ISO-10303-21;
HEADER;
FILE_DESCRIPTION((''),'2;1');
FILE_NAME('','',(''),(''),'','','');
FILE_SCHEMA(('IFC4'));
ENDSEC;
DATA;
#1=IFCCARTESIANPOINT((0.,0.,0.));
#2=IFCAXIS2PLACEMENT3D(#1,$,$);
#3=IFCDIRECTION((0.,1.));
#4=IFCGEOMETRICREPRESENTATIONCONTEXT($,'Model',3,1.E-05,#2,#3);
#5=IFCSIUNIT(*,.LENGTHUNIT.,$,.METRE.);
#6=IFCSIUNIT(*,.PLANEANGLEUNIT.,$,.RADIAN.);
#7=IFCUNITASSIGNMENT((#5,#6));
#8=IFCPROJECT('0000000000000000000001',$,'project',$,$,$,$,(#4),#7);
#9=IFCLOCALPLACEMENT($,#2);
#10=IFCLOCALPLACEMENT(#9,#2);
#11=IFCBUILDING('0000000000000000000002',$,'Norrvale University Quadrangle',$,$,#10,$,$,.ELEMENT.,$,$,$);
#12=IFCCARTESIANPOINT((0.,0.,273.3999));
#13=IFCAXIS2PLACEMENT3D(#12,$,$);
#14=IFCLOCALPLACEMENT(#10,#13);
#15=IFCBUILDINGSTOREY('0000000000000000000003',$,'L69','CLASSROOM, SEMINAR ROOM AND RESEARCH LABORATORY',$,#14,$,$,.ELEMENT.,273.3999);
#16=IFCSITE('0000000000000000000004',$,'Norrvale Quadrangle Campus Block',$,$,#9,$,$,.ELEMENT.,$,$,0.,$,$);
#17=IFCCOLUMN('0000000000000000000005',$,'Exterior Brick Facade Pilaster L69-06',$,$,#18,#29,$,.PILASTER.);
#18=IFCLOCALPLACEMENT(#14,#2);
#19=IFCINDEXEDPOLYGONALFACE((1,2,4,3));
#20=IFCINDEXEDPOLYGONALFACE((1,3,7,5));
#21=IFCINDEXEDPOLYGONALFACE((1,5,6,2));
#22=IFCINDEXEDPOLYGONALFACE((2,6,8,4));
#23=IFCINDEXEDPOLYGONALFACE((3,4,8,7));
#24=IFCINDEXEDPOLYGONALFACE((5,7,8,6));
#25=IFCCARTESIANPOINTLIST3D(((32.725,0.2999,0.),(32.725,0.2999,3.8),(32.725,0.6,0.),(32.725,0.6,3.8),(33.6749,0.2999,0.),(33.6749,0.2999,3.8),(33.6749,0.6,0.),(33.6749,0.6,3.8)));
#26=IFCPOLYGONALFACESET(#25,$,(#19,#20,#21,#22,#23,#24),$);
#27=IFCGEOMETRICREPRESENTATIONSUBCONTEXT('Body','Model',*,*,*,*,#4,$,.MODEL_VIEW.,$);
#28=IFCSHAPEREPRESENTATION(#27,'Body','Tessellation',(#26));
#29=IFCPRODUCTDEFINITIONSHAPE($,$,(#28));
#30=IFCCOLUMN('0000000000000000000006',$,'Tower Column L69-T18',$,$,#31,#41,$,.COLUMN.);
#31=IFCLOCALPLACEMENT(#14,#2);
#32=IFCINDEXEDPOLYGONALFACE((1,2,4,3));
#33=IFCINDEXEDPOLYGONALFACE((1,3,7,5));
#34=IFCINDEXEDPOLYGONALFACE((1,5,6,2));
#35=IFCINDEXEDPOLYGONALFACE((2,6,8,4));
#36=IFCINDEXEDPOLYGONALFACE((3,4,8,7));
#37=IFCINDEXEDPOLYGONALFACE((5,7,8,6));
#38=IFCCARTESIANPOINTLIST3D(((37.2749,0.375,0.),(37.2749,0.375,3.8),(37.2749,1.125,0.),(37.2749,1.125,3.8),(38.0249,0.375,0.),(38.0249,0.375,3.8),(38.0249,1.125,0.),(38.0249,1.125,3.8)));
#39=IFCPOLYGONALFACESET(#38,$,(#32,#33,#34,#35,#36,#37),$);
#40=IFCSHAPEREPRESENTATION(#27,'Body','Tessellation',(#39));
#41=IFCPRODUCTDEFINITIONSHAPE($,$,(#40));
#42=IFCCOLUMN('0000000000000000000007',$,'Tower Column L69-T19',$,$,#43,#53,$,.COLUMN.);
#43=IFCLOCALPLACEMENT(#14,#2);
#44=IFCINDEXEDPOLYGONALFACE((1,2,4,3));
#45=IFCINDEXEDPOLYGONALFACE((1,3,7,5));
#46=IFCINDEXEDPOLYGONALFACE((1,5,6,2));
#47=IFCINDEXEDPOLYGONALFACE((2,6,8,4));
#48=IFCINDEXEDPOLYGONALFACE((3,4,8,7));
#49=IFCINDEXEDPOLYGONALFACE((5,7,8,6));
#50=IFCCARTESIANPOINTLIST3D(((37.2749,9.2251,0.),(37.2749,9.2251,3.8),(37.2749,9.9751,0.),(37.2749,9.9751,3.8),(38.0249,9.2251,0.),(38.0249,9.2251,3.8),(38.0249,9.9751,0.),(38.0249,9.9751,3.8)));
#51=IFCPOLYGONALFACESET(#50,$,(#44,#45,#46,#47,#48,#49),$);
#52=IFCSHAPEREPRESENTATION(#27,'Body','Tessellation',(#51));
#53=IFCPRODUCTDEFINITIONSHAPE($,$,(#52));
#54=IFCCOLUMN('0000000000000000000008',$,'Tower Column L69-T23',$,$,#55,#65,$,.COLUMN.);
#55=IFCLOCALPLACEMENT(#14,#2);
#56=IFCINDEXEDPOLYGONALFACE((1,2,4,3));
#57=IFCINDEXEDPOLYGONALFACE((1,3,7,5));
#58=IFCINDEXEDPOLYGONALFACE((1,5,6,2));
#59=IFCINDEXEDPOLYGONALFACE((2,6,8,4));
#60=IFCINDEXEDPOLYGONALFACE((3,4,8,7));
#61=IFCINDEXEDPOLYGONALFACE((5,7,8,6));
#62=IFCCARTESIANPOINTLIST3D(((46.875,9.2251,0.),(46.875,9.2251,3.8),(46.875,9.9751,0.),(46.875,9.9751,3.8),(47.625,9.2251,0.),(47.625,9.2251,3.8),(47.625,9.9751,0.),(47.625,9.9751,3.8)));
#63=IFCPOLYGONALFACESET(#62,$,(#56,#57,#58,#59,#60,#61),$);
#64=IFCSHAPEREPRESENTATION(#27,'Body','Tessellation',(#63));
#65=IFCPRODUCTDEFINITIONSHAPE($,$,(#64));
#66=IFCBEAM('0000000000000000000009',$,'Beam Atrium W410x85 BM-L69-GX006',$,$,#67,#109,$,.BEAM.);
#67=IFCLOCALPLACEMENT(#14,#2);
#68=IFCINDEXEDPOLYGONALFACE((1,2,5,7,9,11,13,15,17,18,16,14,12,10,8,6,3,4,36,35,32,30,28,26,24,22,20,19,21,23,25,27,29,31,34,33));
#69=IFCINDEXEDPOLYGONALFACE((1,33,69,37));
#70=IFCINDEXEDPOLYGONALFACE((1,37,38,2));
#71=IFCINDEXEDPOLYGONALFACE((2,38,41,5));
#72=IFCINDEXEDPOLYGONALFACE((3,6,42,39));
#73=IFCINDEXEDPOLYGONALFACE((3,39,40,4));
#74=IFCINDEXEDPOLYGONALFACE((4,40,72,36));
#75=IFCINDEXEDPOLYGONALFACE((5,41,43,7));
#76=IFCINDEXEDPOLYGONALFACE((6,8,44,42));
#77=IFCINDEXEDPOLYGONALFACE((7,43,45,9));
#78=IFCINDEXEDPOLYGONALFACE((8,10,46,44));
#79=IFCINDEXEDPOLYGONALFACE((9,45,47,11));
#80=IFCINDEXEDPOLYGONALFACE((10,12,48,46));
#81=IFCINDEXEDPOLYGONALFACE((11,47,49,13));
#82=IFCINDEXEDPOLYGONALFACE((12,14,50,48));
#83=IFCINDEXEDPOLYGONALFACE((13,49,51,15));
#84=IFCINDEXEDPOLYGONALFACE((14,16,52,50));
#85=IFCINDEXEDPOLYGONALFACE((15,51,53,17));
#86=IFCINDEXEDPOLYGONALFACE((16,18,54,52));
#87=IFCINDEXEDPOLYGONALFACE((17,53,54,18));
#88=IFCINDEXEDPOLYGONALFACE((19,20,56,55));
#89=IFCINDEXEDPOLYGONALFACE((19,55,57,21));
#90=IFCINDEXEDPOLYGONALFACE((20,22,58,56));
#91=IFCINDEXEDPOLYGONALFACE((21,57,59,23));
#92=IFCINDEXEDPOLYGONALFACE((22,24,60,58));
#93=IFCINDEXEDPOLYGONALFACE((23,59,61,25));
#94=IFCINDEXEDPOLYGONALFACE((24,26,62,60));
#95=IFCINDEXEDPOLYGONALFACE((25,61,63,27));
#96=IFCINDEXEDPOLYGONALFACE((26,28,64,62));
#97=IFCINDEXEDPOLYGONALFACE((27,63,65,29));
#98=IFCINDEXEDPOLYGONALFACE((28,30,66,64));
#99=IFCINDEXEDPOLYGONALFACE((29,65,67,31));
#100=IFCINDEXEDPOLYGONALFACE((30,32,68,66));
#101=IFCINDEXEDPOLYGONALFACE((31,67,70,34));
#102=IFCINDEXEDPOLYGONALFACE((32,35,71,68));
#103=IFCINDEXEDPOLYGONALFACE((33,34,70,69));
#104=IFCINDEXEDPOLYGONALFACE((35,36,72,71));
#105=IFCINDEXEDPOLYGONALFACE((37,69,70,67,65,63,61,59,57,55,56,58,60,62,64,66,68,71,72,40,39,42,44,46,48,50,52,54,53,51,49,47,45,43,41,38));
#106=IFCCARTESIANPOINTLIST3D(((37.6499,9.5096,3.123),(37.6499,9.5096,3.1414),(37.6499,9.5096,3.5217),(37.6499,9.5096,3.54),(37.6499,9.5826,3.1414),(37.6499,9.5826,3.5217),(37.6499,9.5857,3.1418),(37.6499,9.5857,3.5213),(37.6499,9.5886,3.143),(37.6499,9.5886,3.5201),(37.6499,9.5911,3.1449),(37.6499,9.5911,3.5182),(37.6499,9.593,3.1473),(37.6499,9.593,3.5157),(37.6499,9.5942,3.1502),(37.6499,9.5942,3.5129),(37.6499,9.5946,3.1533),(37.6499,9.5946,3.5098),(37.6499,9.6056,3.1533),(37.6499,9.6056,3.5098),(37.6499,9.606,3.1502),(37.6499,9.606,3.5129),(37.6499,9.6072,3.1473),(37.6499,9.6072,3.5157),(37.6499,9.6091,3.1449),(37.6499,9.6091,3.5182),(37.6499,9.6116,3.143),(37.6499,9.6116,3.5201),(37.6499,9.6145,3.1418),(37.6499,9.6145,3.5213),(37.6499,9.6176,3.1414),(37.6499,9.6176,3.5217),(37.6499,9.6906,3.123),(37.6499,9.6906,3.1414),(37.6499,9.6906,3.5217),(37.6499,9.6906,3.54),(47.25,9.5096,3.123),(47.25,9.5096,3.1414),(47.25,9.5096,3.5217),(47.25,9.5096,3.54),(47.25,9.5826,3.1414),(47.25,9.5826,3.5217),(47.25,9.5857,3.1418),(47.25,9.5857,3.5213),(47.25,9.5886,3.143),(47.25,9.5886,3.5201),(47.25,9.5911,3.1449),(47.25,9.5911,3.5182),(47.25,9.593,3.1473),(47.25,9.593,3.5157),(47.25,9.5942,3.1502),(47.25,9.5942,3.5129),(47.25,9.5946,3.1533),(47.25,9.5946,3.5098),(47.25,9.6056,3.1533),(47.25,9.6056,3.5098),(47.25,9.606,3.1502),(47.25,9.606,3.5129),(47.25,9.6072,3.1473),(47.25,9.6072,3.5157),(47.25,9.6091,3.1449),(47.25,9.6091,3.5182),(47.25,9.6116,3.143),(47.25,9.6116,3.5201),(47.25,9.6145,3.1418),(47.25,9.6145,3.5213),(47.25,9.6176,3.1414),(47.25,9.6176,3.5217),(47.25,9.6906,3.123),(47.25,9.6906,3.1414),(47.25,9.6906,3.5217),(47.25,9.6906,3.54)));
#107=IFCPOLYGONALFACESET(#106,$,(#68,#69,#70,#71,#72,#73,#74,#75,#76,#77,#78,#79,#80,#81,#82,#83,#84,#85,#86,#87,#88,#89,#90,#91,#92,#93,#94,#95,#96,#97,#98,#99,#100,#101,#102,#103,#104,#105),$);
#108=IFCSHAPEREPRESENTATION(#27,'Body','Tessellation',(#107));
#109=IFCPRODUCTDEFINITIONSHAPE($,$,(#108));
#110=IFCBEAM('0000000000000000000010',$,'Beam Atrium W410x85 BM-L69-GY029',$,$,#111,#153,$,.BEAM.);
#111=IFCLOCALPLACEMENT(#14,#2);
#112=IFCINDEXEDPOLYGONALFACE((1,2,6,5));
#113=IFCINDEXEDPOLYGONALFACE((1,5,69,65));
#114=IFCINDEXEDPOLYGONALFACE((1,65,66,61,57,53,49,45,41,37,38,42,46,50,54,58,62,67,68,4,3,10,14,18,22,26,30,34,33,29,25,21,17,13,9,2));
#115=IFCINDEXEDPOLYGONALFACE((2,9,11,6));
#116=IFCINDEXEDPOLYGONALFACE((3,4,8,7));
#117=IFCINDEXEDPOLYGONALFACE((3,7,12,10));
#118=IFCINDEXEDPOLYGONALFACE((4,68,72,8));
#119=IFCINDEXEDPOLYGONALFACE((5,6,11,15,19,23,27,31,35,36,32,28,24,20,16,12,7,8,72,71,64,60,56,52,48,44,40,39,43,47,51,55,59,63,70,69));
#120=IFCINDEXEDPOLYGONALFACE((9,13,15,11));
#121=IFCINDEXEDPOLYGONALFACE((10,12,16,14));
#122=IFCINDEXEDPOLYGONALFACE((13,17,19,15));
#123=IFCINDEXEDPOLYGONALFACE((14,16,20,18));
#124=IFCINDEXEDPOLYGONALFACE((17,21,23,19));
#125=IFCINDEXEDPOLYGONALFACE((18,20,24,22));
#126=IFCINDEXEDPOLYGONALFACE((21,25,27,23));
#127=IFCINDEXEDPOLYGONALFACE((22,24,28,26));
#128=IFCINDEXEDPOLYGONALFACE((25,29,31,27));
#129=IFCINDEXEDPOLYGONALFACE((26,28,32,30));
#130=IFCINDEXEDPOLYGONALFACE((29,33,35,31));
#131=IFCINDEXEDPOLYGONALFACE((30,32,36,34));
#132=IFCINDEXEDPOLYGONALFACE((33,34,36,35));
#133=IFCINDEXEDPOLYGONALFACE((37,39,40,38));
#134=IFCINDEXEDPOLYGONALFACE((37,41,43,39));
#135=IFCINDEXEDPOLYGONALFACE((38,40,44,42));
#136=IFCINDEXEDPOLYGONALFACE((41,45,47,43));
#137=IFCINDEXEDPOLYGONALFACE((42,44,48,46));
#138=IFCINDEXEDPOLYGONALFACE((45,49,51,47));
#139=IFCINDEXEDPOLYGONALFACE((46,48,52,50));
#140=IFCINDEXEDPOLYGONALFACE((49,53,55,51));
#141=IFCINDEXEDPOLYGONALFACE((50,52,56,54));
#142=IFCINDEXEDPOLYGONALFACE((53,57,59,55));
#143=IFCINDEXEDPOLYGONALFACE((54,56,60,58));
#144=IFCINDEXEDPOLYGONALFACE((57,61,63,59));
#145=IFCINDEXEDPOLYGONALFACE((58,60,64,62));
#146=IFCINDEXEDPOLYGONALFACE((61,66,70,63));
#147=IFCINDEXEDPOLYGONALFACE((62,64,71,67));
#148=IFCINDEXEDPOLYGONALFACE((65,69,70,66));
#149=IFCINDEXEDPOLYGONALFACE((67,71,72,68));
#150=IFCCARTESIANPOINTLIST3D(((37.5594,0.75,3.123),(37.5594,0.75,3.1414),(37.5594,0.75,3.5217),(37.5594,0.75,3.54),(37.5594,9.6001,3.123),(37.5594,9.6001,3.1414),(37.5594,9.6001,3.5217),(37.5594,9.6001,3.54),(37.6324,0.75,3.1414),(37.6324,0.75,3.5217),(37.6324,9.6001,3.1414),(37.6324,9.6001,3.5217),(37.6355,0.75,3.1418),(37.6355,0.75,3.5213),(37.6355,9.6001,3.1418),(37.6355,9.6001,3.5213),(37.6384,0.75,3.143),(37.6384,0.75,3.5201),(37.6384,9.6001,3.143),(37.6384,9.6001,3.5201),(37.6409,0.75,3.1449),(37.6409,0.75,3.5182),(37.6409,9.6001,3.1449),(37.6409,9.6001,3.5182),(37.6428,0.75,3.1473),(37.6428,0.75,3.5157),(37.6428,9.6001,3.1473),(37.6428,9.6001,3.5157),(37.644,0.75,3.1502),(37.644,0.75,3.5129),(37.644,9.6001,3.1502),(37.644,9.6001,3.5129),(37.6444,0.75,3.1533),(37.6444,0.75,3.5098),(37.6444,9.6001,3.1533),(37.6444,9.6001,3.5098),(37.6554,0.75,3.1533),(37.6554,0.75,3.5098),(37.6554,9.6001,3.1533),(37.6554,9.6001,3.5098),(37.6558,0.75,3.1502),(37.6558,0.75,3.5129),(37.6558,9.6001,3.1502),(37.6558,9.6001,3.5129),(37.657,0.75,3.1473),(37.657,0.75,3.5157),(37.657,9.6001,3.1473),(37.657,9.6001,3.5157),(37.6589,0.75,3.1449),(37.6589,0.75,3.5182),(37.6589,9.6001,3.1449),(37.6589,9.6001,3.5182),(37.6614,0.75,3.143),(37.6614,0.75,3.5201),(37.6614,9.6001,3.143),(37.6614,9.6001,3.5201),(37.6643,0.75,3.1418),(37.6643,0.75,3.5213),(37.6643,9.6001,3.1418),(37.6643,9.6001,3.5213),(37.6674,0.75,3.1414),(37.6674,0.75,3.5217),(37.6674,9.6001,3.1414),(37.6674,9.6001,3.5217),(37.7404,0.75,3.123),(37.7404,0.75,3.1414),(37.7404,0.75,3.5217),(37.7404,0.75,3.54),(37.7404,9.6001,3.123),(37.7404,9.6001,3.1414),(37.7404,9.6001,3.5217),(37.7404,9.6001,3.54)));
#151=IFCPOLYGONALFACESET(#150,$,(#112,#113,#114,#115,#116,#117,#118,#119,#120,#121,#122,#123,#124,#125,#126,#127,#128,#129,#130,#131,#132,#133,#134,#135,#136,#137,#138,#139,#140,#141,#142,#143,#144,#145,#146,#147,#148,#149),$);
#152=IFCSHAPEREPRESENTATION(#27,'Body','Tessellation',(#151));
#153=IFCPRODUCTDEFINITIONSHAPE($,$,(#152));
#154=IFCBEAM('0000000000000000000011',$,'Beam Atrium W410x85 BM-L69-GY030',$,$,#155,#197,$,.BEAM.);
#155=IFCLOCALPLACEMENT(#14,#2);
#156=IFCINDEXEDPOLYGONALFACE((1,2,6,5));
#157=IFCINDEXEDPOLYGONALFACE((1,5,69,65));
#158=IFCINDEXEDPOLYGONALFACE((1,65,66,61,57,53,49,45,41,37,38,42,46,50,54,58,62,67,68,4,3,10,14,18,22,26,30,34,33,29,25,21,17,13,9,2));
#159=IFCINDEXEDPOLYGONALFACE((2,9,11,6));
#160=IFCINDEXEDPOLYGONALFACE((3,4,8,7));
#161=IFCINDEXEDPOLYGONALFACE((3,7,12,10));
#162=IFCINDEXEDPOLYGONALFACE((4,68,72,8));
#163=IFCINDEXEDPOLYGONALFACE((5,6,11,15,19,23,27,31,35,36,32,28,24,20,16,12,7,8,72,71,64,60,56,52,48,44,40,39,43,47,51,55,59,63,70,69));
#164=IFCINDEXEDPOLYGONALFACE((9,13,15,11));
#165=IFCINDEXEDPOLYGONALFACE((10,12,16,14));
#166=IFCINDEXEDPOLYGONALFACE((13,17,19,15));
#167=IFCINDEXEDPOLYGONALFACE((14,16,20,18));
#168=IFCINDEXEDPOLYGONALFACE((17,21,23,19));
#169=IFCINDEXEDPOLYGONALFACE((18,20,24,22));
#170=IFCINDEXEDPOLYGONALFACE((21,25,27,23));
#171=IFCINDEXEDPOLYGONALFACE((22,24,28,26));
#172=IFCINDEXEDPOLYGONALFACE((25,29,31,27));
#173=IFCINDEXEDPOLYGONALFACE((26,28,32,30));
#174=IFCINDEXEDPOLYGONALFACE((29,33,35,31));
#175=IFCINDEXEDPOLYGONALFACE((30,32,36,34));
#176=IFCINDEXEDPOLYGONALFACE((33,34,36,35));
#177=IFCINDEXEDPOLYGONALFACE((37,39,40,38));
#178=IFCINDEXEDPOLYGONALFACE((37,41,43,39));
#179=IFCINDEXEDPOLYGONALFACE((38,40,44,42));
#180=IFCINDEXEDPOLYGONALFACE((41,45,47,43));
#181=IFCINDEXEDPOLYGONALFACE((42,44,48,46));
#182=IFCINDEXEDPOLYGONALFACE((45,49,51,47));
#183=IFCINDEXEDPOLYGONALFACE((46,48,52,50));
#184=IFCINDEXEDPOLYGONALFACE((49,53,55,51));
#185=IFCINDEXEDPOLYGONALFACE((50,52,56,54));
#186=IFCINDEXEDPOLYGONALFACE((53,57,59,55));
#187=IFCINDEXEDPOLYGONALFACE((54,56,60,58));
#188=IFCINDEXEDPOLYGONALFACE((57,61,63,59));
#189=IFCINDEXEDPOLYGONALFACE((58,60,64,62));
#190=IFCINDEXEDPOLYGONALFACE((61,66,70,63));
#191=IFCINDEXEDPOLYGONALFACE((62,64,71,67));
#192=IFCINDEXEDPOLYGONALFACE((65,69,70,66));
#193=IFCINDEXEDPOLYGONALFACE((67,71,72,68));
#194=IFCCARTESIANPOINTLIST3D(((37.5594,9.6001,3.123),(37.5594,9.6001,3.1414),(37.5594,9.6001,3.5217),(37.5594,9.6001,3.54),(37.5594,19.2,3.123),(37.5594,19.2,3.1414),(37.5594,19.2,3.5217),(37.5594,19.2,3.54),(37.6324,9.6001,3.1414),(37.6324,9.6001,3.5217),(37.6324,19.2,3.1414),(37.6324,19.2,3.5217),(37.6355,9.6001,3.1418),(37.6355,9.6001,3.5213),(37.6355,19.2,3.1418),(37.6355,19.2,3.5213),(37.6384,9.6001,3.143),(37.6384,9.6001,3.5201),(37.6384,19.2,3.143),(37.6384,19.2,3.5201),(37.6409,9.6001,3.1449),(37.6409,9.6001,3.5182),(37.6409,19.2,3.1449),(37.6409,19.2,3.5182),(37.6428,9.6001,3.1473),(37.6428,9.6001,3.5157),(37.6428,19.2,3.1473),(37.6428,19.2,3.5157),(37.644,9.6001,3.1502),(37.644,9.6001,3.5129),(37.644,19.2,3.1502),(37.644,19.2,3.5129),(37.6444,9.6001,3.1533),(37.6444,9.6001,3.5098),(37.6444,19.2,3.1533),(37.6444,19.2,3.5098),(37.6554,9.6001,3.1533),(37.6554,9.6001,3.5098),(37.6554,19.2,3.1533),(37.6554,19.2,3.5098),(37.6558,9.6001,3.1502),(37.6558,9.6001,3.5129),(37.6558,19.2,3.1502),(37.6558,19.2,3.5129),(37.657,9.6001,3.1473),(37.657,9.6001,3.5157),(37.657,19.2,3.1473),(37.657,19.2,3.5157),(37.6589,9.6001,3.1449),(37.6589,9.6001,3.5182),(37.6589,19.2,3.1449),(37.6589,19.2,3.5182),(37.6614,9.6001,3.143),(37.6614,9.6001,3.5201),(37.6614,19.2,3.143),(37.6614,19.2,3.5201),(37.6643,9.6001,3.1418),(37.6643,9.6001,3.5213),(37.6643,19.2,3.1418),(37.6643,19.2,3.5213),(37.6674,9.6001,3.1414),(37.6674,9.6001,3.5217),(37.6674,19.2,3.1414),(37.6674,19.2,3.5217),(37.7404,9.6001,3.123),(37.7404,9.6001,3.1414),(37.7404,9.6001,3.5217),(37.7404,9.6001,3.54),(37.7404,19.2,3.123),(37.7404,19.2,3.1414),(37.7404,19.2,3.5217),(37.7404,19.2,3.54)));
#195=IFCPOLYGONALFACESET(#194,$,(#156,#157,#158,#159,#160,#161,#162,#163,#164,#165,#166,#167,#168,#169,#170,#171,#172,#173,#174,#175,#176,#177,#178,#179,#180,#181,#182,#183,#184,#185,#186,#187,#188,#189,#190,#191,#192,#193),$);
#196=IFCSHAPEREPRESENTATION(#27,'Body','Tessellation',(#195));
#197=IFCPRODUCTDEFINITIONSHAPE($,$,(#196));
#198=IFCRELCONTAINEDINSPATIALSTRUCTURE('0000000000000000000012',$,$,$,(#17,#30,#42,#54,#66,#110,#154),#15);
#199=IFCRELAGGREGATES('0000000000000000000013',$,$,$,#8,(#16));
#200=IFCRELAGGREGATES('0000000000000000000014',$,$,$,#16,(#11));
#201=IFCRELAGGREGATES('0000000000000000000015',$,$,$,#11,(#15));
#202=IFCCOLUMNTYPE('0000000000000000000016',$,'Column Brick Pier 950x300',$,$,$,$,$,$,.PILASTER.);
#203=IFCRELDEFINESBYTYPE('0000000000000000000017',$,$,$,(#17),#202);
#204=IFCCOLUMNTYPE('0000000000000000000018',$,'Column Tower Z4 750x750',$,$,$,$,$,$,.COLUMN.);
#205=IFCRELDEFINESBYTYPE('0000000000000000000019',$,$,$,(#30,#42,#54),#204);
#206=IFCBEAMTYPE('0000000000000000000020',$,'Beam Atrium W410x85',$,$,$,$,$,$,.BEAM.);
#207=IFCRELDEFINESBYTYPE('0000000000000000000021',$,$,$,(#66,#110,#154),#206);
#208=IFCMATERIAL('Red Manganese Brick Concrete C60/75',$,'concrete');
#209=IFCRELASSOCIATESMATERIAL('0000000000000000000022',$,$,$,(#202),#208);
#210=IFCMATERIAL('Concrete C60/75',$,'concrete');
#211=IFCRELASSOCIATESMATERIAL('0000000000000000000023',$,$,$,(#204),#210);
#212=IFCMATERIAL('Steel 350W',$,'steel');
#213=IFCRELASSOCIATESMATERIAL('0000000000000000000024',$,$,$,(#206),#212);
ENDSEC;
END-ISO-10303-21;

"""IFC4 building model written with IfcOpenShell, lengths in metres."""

from ifc_helpers import new_model, si_unit, direction, frame, origin, origin_2d, place, context, subcontext, project, spatial, rectangle, i_section, extrude, material, material_profile, profile_set, type_object, element, save


model = new_model("IFC4")

# Units and contexts
model_context = context("Model", 3, precision=1e-05, world=origin(), true_north=direction((0.0, 1.0)))
body_context = subcontext(model_context, "Body", "Model", "MODEL_VIEW")
ifc_project = project(units=[si_unit("LENGTHUNIT", "METRE"), si_unit("PLANEANGLEUNIT", "RADIAN")], contexts=[model_context])

# Site, building, storey
site_placement = place(None, origin())
site = spatial("IfcSite", under=ifc_project, at=site_placement, Name="Norrvale Quadrangle Campus Block", CompositionType="ELEMENT", RefElevation=0.0)
building_placement = place(site_placement, origin())
building = spatial("IfcBuilding", under=site, at=building_placement, Name="Norrvale University Quadrangle", CompositionType="ELEMENT")
storey_placement = place(building_placement, frame((0.0, 0.0, 273.3999)))
storey = spatial("IfcBuildingStorey", under=building, at=storey_placement, Name="L69", Description="CLASSROOM, SEMINAR ROOM AND RESEARCH LABORATORY", CompositionType="ELEMENT", Elevation=273.3999)

# Columns
ifc_material_1 = material(Name="Red Manganese Brick Concrete C60/75", Category="concrete")
ifc_material_profile_1 = material_profile(ifc_material_1, rectangle(XDim=0.95, YDim=0.3, at=origin_2d()), Name="Red Manganese Brick Concrete C60/75")
ifc_profile_set_1 = profile_set([ifc_material_profile_1], Name="Red Manganese Brick Concrete C60/75")
column_type_1 = type_object("IfcColumnType", Name="Column Brick Pier 950x300", PredefinedType="PILASTER", material=ifc_profile_set_1)
column_placement = place(storey_placement, frame((33.2, 0.45, 0.0), z_axis=(0.0, 0.0, 1.0), x_axis=(1.0, 0.0, 0.0)))
element("IfcColumn", 1, at=column_placement, inside=storey, type_object=column_type_1, Name="Exterior Brick Facade Pilaster L69-06", PredefinedType="PILASTER", context=body_context, shape_type="SweptSolid", body=[
    extrude(rectangle(XDim=0.95, YDim=0.3, at=origin_2d()), origin(), (0.0, 0.0, 1.0), 3.8),
])
ifc_material_2 = material(Name="Concrete C60/75", Category="concrete")
ifc_material_profile_2 = material_profile(ifc_material_2, rectangle(XDim=0.75, YDim=0.75, at=origin_2d()), Name="Concrete C60/75")
ifc_profile_set_2 = profile_set([ifc_material_profile_2], Name="Concrete C60/75")
column_type_2 = type_object("IfcColumnType", Name="Column Tower Z4 750x750", PredefinedType="COLUMN", material=ifc_profile_set_2)
for number, where, z_axis, x_axis, name in (
    (2, (37.6499, 0.75, 0.0), (0.0, 0.0, 1.0), (1.0, 0.0, 0.0), "Tower Column L69-T18"),
    (3, (37.6499, 9.6001, 0.0), (0.0, 0.0, 1.0), (1.0, 0.0, 0.0), "Tower Column L69-T19"),
    (4, (47.25, 9.6001, 0.0), (0.0, 0.0, 1.0), (1.0, 0.0, 0.0), "Tower Column L69-T23"),
):
    element("IfcColumn", number, at=place(storey_placement, frame(where, z_axis=z_axis, x_axis=x_axis)), inside=storey, type_object=column_type_2, Name=name, PredefinedType="COLUMN", context=body_context, shape_type="SweptSolid", body=[
        extrude(rectangle(XDim=0.75, YDim=0.75, at=origin_2d()), origin(), (0.0, 0.0, 1.0), 3.8),
    ])

# Beams
ifc_material_3 = material(Name="Steel 350W", Category="steel")
ifc_material_profile_3 = material_profile(ifc_material_3, i_section(OverallWidth=0.1809, OverallDepth=0.417, WebThickness=0.011, FlangeThickness=0.0183, FilletRadius=0.012, at=origin_2d()), Name="Steel 350W")
ifc_profile_set_3 = profile_set([ifc_material_profile_3], Name="Steel 350W")
beam_type = type_object("IfcBeamType", Name="Beam Atrium W410x85", PredefinedType="BEAM", material=ifc_profile_set_3)
beam_1_placement = place(storey_placement, frame((37.6499, 9.6001, 3.3315), z_axis=(1.0, 0.0, 0.0), x_axis=(0.0, 1.0, 0.0)))
element("IfcBeam", 5, at=beam_1_placement, inside=storey, type_object=beam_type, Name="Beam Atrium W410x85 BM-L69-GX006", PredefinedType="BEAM", context=body_context, shape_type="SweptSolid", body=[
    extrude(i_section(OverallWidth=0.1809, OverallDepth=0.417, WebThickness=0.011, FlangeThickness=0.0183, FilletRadius=0.012, at=origin_2d()), origin(), (0.0, 0.0, 1.0), 9.6001),
])
beam_2_placement = place(storey_placement, frame((37.6499, 0.75, 3.3315), z_axis=(0.0, 1.0, 0.0), x_axis=(-1.0, 0.0, 0.0)))
element("IfcBeam", 6, at=beam_2_placement, inside=storey, type_object=beam_type, Name="Beam Atrium W410x85 BM-L69-GY029", PredefinedType="BEAM", context=body_context, shape_type="SweptSolid", body=[
    extrude(i_section(OverallWidth=0.1809, OverallDepth=0.417, WebThickness=0.011, FlangeThickness=0.0183, FilletRadius=0.012, at=origin_2d()), origin(), (0.0, 0.0, 1.0), 8.8501),
])
for number, where, z_axis, x_axis, name in (
    (7, (37.6499, 9.6001, 3.3315), (0.0, 1.0, 0.0), (-1.0, 0.0, 0.0), "Beam Atrium W410x85 BM-L69-GY030"),
):
    element("IfcBeam", number, at=place(storey_placement, frame(where, z_axis=z_axis, x_axis=x_axis)), inside=storey, type_object=beam_type, Name=name, PredefinedType="BEAM", context=body_context, shape_type="SweptSolid", body=[
        extrude(i_section(OverallWidth=0.1809, OverallDepth=0.417, WebThickness=0.011, FlangeThickness=0.0183, FilletRadius=0.012, at=origin_2d()), origin(), (0.0, 0.0, 1.0), 9.5999),
    ])

save(model, "model.ifc")
